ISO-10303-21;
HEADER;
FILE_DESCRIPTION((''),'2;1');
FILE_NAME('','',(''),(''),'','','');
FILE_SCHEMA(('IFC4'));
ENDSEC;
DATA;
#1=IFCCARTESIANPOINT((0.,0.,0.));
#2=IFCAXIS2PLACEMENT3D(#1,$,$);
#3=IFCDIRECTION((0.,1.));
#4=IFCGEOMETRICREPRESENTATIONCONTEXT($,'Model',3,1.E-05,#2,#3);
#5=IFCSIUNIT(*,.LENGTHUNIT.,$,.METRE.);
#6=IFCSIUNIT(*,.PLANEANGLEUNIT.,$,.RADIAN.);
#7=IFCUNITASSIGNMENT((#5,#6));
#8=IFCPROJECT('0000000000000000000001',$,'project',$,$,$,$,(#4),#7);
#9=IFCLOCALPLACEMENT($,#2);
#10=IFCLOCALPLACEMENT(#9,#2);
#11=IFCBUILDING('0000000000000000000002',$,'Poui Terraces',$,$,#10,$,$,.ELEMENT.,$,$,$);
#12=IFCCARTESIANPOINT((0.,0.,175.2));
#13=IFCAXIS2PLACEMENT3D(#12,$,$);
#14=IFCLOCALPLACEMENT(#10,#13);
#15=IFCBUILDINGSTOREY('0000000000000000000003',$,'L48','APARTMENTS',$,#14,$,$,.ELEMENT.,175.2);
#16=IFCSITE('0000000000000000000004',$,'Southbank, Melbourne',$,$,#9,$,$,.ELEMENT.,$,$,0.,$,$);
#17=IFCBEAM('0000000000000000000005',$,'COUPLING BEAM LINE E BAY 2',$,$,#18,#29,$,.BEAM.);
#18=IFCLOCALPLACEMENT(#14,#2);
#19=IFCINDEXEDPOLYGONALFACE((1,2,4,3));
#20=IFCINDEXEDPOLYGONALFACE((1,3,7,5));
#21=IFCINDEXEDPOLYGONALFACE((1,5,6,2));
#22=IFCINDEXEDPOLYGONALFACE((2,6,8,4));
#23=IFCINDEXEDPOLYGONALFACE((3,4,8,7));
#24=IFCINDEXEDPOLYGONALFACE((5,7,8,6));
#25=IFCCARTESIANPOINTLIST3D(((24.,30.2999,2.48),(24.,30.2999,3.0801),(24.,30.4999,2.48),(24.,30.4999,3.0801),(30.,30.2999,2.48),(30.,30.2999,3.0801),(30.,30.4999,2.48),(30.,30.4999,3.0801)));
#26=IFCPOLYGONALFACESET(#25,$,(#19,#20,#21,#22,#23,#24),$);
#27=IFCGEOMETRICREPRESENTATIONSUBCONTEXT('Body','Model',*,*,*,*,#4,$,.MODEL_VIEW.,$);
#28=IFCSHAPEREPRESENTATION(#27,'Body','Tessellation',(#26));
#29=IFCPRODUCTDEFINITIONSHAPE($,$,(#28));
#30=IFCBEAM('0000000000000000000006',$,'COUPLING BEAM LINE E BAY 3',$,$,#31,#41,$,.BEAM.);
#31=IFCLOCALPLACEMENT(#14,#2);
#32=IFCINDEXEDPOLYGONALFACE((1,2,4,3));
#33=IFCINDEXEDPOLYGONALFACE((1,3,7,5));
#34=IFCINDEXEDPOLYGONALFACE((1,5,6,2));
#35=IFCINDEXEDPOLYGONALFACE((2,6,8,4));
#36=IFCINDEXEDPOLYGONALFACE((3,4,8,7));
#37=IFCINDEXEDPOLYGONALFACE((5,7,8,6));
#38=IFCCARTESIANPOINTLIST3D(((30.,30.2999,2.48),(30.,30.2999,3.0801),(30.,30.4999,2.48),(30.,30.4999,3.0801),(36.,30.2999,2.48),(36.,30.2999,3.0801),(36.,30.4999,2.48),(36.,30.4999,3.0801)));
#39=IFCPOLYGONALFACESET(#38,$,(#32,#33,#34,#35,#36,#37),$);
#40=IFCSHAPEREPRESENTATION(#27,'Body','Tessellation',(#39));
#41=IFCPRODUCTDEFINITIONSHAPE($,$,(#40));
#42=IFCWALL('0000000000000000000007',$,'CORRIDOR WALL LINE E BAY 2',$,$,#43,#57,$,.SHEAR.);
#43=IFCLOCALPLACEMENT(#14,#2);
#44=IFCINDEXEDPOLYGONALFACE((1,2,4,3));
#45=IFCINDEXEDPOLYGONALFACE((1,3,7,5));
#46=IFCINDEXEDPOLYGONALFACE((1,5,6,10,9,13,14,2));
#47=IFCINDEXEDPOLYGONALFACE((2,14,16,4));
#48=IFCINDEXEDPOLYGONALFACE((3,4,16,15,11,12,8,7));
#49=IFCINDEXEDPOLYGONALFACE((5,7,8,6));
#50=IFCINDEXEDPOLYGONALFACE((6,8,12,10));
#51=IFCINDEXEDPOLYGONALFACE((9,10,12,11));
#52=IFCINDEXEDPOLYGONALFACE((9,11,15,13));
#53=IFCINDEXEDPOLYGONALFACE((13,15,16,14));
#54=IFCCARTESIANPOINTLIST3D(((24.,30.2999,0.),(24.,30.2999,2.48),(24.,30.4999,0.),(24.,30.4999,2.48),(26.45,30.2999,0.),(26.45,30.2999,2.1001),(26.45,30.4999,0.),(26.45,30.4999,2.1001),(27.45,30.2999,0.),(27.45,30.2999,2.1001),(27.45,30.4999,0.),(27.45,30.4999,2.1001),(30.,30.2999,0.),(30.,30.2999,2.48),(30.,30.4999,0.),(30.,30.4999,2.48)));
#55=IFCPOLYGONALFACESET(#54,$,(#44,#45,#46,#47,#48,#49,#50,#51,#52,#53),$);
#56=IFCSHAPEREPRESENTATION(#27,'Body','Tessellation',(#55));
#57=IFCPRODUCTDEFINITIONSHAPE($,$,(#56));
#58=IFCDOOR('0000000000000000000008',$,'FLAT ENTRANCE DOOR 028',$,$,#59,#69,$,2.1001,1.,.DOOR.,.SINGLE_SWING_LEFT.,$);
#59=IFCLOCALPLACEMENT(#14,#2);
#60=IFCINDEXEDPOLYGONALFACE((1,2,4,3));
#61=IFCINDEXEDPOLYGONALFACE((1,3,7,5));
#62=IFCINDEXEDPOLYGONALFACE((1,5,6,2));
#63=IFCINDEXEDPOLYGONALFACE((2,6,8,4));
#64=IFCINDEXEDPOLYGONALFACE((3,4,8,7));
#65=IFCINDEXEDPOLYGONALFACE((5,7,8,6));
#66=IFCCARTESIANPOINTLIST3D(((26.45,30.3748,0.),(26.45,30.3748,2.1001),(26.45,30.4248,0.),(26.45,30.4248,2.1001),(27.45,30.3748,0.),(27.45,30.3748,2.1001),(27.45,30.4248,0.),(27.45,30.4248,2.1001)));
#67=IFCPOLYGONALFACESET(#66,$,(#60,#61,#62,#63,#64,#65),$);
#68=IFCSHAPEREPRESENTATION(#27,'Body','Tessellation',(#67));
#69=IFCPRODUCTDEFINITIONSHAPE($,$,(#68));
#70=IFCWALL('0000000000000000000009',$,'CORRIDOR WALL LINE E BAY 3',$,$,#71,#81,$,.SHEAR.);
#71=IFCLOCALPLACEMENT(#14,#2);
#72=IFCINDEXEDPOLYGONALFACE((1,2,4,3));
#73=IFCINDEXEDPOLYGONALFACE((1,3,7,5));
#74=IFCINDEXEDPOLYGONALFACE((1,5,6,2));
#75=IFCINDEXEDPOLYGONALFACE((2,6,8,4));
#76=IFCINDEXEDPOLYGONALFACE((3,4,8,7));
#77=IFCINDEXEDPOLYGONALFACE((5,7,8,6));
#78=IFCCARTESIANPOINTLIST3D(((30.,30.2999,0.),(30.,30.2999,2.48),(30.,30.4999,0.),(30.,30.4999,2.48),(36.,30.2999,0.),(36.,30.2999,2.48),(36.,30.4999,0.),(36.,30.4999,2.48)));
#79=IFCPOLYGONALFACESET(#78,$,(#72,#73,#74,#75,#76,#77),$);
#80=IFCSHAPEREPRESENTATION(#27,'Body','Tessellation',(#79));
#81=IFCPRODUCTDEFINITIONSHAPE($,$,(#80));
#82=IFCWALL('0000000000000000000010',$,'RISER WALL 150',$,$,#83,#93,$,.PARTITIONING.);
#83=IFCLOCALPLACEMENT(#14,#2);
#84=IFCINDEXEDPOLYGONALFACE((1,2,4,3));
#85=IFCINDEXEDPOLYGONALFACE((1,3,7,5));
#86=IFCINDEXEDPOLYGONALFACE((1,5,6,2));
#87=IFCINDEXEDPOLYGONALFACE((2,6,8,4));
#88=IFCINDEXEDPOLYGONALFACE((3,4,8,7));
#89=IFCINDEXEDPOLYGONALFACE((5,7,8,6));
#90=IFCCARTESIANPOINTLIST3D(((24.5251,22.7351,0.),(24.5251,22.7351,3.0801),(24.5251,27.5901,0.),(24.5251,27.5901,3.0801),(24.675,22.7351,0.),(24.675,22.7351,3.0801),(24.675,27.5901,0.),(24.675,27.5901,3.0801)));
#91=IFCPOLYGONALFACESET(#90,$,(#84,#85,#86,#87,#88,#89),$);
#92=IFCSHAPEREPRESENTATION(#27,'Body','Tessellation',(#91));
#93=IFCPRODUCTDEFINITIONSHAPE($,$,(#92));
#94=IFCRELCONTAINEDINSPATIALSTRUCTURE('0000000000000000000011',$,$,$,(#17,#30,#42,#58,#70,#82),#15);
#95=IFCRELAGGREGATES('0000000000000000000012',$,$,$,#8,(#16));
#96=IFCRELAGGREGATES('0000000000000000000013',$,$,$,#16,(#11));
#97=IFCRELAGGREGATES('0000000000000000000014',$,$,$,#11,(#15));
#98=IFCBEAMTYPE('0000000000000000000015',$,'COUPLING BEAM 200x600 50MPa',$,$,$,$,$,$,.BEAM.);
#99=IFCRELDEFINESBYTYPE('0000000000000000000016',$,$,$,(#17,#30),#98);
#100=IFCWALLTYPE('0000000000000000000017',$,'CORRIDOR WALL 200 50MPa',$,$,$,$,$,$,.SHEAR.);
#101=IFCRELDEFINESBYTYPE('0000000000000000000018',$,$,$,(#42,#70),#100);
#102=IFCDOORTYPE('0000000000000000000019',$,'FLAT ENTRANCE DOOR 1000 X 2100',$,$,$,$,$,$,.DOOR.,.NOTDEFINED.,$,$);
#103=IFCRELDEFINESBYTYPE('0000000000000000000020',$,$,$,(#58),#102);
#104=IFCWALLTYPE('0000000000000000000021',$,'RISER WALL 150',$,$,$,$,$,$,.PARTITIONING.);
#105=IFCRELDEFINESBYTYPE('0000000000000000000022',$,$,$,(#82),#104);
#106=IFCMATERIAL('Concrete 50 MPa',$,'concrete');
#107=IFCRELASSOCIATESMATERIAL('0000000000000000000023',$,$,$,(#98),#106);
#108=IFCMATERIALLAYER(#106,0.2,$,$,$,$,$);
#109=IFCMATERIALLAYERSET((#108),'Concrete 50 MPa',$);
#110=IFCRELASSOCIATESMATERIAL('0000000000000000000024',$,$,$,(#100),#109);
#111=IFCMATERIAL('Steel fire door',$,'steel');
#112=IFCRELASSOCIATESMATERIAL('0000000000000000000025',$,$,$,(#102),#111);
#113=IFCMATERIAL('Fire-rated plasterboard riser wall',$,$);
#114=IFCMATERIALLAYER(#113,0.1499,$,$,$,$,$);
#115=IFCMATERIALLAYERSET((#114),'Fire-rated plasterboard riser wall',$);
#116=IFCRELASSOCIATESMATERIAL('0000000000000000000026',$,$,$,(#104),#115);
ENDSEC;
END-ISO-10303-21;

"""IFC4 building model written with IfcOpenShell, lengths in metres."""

from ifc_helpers import new_model, si_unit, direction, frame, frame_2d, origin, origin_2d, place, context, subcontext, project, spatial, rectangle, extrude, source, transform, mapped, material, layer, layer_set, material_profile, profile_set, type_object, element, fill, save


model = new_model("IFC4")

# Units and contexts
model_context = context("Model", 3, precision=1e-05, world=origin(), true_north=direction((0.0, 1.0)))
body_context = subcontext(model_context, "Body", "Model", "MODEL_VIEW")
ifc_project = project(units=[si_unit("LENGTHUNIT", "METRE"), si_unit("PLANEANGLEUNIT", "RADIAN")], contexts=[model_context])

# Site, building, storey
site_placement = place(None, origin())
site = spatial("IfcSite", under=ifc_project, at=site_placement, Name="Southbank, Melbourne", CompositionType="ELEMENT", RefElevation=0.0)
building_placement = place(site_placement, origin())
building = spatial("IfcBuilding", under=site, at=building_placement, Name="Poui Terraces", CompositionType="ELEMENT")
storey_placement = place(building_placement, frame((0.0, 0.0, 175.2)))
storey = spatial("IfcBuildingStorey", under=building, at=storey_placement, Name="L48", Description="APARTMENTS", CompositionType="ELEMENT", Elevation=175.2)

# Beams
ifc_material_1 = material(Name="Concrete 50 MPa", Category="concrete")
ifc_material_profile = material_profile(ifc_material_1, rectangle(XDim=0.2, YDim=0.6001, at=origin_2d()), Name="RC 200x600")
ifc_profile_set = profile_set([ifc_material_profile], Name="Concrete 50 MPa")
beam_type = type_object("IfcBeamType", Name="COUPLING BEAM 200x600 50MPa", PredefinedType="BEAM", material=ifc_profile_set)
shared_shape = source(origin(), body_context, "Body", "SweptSolid", [
    extrude(rectangle(XDim=0.2, YDim=0.6001, at=origin_2d()), origin(), (0.0, 0.0, 1.0), 6.0),
])
for number, where, z_axis, x_axis, name in (
    (1, (24.0, 30.3999, 2.78), (1.0, 0.0, 0.0), (0.0, 1.0, 0.0), "COUPLING BEAM LINE E BAY 2"),
    (2, (30.0, 30.3999, 2.78), (1.0, 0.0, 0.0), (0.0, 1.0, 0.0), "COUPLING BEAM LINE E BAY 3"),
):
    element("IfcBeam", number, at=place(storey_placement, frame(where, z_axis=z_axis, x_axis=x_axis)), inside=storey, type_object=beam_type, Name=name, PredefinedType="BEAM", context=body_context, shape_type="MappedRepresentation", body=[
        mapped(shared_shape, transform((0.0, 0.0, 0.0))),
    ])

# Wall, opening, door
ifc_layer_1 = layer(ifc_material_1, 0.2)
ifc_layer_set_1 = layer_set([ifc_layer_1], Name="Concrete 50 MPa")
wall_type_1 = type_object("IfcWallType", Name="CORRIDOR WALL 200 50MPa", PredefinedType="SHEAR", material=ifc_layer_set_1)
wall_1_placement = place(storey_placement, frame((24.0, 30.3999, 0.0), z_axis=(0.0, 0.0, 1.0), x_axis=(1.0, 0.0, 0.0)))
wall_1 = element("IfcWall", 3, at=wall_1_placement, inside=storey, type_object=wall_type_1, Name="CORRIDOR WALL LINE E BAY 2", PredefinedType="SHEAR", context=body_context, shape_type="SweptSolid", body=[
    extrude(rectangle(XDim=6.0, YDim=0.2, at=frame_2d((3.0, 0.0))), origin(), (0.0, 0.0, 1.0), 2.48),
])
opening_placement = place(wall_1_placement, frame((2.45, 0.0, 0.0)))
opening = element("IfcOpeningElement", 4, at=opening_placement, cuts=wall_1, PredefinedType="OPENING", context=body_context, shape_type="SweptSolid", body=[
    extrude(rectangle(XDim=1.0, YDim=2.1001, at=frame_2d((0.5, 1.05))), frame((0.0, 0.1099, 0.0), z_axis=(0.0, -1.0, 0.0), x_axis=(1.0, 0.0, 0.0)), (0.0, 0.0, 1.0), 0.22),
])
ifc_material_2 = material(Name="Steel fire door", Category="steel")
door_type = type_object("IfcDoorType", Name="FLAT ENTRANCE DOOR 1000 X 2100", OperationType="NOTDEFINED", PredefinedType="DOOR", material=ifc_material_2)
door_placement = place(opening_placement, origin())
door = element("IfcDoor", 5, at=door_placement, inside=storey, type_object=door_type, Name="FLAT ENTRANCE DOOR 028", OperationType="SINGLE_SWING_LEFT", OverallHeight=2.1001, OverallWidth=1.0, PredefinedType="DOOR", context=body_context, shape_type="SweptSolid", body=[
    extrude(rectangle(XDim=1.0, YDim=2.1001, at=frame_2d((0.5, 1.05))), frame((0.0, 0.0249, 0.0), z_axis=(0.0, -1.0, 0.0), x_axis=(1.0, 0.0, 0.0)), (0.0, 0.0, 1.0), 0.05),
])
fill(opening, door)

# Walls
wall_2_placement = place(storey_placement, frame((30.0, 30.3999, 0.0), z_axis=(0.0, 0.0, 1.0), x_axis=(1.0, 0.0, 0.0)))
element("IfcWall", 6, at=wall_2_placement, inside=storey, type_object=wall_type_1, Name="CORRIDOR WALL LINE E BAY 3", PredefinedType="SHEAR", context=body_context, shape_type="SweptSolid", body=[
    extrude(rectangle(XDim=6.0, YDim=0.2, at=frame_2d((3.0, 0.0))), origin(), (0.0, 0.0, 1.0), 2.48),
])
ifc_material_3 = material(Name="Fire-rated plasterboard riser wall")
ifc_layer_2 = layer(ifc_material_3, 0.1499)
ifc_layer_set_2 = layer_set([ifc_layer_2], Name="Fire-rated plasterboard riser wall")
wall_type_2 = type_object("IfcWallType", Name="RISER WALL 150", PredefinedType="PARTITIONING", material=ifc_layer_set_2)
wall_3_placement = place(storey_placement, frame((24.6001, 22.7351, 0.0), z_axis=(0.0, 0.0, 1.0), x_axis=(0.0, 1.0, 0.0)))
element("IfcWall", 7, at=wall_3_placement, inside=storey, type_object=wall_type_2, Name="RISER WALL 150", PredefinedType="PARTITIONING", context=body_context, shape_type="SweptSolid", body=[
    extrude(rectangle(XDim=4.855, YDim=0.1499, at=frame_2d((2.4275, 0.0))), origin(), (0.0, 0.0, 1.0), 3.0801),
])

save(model, "model.ifc")
